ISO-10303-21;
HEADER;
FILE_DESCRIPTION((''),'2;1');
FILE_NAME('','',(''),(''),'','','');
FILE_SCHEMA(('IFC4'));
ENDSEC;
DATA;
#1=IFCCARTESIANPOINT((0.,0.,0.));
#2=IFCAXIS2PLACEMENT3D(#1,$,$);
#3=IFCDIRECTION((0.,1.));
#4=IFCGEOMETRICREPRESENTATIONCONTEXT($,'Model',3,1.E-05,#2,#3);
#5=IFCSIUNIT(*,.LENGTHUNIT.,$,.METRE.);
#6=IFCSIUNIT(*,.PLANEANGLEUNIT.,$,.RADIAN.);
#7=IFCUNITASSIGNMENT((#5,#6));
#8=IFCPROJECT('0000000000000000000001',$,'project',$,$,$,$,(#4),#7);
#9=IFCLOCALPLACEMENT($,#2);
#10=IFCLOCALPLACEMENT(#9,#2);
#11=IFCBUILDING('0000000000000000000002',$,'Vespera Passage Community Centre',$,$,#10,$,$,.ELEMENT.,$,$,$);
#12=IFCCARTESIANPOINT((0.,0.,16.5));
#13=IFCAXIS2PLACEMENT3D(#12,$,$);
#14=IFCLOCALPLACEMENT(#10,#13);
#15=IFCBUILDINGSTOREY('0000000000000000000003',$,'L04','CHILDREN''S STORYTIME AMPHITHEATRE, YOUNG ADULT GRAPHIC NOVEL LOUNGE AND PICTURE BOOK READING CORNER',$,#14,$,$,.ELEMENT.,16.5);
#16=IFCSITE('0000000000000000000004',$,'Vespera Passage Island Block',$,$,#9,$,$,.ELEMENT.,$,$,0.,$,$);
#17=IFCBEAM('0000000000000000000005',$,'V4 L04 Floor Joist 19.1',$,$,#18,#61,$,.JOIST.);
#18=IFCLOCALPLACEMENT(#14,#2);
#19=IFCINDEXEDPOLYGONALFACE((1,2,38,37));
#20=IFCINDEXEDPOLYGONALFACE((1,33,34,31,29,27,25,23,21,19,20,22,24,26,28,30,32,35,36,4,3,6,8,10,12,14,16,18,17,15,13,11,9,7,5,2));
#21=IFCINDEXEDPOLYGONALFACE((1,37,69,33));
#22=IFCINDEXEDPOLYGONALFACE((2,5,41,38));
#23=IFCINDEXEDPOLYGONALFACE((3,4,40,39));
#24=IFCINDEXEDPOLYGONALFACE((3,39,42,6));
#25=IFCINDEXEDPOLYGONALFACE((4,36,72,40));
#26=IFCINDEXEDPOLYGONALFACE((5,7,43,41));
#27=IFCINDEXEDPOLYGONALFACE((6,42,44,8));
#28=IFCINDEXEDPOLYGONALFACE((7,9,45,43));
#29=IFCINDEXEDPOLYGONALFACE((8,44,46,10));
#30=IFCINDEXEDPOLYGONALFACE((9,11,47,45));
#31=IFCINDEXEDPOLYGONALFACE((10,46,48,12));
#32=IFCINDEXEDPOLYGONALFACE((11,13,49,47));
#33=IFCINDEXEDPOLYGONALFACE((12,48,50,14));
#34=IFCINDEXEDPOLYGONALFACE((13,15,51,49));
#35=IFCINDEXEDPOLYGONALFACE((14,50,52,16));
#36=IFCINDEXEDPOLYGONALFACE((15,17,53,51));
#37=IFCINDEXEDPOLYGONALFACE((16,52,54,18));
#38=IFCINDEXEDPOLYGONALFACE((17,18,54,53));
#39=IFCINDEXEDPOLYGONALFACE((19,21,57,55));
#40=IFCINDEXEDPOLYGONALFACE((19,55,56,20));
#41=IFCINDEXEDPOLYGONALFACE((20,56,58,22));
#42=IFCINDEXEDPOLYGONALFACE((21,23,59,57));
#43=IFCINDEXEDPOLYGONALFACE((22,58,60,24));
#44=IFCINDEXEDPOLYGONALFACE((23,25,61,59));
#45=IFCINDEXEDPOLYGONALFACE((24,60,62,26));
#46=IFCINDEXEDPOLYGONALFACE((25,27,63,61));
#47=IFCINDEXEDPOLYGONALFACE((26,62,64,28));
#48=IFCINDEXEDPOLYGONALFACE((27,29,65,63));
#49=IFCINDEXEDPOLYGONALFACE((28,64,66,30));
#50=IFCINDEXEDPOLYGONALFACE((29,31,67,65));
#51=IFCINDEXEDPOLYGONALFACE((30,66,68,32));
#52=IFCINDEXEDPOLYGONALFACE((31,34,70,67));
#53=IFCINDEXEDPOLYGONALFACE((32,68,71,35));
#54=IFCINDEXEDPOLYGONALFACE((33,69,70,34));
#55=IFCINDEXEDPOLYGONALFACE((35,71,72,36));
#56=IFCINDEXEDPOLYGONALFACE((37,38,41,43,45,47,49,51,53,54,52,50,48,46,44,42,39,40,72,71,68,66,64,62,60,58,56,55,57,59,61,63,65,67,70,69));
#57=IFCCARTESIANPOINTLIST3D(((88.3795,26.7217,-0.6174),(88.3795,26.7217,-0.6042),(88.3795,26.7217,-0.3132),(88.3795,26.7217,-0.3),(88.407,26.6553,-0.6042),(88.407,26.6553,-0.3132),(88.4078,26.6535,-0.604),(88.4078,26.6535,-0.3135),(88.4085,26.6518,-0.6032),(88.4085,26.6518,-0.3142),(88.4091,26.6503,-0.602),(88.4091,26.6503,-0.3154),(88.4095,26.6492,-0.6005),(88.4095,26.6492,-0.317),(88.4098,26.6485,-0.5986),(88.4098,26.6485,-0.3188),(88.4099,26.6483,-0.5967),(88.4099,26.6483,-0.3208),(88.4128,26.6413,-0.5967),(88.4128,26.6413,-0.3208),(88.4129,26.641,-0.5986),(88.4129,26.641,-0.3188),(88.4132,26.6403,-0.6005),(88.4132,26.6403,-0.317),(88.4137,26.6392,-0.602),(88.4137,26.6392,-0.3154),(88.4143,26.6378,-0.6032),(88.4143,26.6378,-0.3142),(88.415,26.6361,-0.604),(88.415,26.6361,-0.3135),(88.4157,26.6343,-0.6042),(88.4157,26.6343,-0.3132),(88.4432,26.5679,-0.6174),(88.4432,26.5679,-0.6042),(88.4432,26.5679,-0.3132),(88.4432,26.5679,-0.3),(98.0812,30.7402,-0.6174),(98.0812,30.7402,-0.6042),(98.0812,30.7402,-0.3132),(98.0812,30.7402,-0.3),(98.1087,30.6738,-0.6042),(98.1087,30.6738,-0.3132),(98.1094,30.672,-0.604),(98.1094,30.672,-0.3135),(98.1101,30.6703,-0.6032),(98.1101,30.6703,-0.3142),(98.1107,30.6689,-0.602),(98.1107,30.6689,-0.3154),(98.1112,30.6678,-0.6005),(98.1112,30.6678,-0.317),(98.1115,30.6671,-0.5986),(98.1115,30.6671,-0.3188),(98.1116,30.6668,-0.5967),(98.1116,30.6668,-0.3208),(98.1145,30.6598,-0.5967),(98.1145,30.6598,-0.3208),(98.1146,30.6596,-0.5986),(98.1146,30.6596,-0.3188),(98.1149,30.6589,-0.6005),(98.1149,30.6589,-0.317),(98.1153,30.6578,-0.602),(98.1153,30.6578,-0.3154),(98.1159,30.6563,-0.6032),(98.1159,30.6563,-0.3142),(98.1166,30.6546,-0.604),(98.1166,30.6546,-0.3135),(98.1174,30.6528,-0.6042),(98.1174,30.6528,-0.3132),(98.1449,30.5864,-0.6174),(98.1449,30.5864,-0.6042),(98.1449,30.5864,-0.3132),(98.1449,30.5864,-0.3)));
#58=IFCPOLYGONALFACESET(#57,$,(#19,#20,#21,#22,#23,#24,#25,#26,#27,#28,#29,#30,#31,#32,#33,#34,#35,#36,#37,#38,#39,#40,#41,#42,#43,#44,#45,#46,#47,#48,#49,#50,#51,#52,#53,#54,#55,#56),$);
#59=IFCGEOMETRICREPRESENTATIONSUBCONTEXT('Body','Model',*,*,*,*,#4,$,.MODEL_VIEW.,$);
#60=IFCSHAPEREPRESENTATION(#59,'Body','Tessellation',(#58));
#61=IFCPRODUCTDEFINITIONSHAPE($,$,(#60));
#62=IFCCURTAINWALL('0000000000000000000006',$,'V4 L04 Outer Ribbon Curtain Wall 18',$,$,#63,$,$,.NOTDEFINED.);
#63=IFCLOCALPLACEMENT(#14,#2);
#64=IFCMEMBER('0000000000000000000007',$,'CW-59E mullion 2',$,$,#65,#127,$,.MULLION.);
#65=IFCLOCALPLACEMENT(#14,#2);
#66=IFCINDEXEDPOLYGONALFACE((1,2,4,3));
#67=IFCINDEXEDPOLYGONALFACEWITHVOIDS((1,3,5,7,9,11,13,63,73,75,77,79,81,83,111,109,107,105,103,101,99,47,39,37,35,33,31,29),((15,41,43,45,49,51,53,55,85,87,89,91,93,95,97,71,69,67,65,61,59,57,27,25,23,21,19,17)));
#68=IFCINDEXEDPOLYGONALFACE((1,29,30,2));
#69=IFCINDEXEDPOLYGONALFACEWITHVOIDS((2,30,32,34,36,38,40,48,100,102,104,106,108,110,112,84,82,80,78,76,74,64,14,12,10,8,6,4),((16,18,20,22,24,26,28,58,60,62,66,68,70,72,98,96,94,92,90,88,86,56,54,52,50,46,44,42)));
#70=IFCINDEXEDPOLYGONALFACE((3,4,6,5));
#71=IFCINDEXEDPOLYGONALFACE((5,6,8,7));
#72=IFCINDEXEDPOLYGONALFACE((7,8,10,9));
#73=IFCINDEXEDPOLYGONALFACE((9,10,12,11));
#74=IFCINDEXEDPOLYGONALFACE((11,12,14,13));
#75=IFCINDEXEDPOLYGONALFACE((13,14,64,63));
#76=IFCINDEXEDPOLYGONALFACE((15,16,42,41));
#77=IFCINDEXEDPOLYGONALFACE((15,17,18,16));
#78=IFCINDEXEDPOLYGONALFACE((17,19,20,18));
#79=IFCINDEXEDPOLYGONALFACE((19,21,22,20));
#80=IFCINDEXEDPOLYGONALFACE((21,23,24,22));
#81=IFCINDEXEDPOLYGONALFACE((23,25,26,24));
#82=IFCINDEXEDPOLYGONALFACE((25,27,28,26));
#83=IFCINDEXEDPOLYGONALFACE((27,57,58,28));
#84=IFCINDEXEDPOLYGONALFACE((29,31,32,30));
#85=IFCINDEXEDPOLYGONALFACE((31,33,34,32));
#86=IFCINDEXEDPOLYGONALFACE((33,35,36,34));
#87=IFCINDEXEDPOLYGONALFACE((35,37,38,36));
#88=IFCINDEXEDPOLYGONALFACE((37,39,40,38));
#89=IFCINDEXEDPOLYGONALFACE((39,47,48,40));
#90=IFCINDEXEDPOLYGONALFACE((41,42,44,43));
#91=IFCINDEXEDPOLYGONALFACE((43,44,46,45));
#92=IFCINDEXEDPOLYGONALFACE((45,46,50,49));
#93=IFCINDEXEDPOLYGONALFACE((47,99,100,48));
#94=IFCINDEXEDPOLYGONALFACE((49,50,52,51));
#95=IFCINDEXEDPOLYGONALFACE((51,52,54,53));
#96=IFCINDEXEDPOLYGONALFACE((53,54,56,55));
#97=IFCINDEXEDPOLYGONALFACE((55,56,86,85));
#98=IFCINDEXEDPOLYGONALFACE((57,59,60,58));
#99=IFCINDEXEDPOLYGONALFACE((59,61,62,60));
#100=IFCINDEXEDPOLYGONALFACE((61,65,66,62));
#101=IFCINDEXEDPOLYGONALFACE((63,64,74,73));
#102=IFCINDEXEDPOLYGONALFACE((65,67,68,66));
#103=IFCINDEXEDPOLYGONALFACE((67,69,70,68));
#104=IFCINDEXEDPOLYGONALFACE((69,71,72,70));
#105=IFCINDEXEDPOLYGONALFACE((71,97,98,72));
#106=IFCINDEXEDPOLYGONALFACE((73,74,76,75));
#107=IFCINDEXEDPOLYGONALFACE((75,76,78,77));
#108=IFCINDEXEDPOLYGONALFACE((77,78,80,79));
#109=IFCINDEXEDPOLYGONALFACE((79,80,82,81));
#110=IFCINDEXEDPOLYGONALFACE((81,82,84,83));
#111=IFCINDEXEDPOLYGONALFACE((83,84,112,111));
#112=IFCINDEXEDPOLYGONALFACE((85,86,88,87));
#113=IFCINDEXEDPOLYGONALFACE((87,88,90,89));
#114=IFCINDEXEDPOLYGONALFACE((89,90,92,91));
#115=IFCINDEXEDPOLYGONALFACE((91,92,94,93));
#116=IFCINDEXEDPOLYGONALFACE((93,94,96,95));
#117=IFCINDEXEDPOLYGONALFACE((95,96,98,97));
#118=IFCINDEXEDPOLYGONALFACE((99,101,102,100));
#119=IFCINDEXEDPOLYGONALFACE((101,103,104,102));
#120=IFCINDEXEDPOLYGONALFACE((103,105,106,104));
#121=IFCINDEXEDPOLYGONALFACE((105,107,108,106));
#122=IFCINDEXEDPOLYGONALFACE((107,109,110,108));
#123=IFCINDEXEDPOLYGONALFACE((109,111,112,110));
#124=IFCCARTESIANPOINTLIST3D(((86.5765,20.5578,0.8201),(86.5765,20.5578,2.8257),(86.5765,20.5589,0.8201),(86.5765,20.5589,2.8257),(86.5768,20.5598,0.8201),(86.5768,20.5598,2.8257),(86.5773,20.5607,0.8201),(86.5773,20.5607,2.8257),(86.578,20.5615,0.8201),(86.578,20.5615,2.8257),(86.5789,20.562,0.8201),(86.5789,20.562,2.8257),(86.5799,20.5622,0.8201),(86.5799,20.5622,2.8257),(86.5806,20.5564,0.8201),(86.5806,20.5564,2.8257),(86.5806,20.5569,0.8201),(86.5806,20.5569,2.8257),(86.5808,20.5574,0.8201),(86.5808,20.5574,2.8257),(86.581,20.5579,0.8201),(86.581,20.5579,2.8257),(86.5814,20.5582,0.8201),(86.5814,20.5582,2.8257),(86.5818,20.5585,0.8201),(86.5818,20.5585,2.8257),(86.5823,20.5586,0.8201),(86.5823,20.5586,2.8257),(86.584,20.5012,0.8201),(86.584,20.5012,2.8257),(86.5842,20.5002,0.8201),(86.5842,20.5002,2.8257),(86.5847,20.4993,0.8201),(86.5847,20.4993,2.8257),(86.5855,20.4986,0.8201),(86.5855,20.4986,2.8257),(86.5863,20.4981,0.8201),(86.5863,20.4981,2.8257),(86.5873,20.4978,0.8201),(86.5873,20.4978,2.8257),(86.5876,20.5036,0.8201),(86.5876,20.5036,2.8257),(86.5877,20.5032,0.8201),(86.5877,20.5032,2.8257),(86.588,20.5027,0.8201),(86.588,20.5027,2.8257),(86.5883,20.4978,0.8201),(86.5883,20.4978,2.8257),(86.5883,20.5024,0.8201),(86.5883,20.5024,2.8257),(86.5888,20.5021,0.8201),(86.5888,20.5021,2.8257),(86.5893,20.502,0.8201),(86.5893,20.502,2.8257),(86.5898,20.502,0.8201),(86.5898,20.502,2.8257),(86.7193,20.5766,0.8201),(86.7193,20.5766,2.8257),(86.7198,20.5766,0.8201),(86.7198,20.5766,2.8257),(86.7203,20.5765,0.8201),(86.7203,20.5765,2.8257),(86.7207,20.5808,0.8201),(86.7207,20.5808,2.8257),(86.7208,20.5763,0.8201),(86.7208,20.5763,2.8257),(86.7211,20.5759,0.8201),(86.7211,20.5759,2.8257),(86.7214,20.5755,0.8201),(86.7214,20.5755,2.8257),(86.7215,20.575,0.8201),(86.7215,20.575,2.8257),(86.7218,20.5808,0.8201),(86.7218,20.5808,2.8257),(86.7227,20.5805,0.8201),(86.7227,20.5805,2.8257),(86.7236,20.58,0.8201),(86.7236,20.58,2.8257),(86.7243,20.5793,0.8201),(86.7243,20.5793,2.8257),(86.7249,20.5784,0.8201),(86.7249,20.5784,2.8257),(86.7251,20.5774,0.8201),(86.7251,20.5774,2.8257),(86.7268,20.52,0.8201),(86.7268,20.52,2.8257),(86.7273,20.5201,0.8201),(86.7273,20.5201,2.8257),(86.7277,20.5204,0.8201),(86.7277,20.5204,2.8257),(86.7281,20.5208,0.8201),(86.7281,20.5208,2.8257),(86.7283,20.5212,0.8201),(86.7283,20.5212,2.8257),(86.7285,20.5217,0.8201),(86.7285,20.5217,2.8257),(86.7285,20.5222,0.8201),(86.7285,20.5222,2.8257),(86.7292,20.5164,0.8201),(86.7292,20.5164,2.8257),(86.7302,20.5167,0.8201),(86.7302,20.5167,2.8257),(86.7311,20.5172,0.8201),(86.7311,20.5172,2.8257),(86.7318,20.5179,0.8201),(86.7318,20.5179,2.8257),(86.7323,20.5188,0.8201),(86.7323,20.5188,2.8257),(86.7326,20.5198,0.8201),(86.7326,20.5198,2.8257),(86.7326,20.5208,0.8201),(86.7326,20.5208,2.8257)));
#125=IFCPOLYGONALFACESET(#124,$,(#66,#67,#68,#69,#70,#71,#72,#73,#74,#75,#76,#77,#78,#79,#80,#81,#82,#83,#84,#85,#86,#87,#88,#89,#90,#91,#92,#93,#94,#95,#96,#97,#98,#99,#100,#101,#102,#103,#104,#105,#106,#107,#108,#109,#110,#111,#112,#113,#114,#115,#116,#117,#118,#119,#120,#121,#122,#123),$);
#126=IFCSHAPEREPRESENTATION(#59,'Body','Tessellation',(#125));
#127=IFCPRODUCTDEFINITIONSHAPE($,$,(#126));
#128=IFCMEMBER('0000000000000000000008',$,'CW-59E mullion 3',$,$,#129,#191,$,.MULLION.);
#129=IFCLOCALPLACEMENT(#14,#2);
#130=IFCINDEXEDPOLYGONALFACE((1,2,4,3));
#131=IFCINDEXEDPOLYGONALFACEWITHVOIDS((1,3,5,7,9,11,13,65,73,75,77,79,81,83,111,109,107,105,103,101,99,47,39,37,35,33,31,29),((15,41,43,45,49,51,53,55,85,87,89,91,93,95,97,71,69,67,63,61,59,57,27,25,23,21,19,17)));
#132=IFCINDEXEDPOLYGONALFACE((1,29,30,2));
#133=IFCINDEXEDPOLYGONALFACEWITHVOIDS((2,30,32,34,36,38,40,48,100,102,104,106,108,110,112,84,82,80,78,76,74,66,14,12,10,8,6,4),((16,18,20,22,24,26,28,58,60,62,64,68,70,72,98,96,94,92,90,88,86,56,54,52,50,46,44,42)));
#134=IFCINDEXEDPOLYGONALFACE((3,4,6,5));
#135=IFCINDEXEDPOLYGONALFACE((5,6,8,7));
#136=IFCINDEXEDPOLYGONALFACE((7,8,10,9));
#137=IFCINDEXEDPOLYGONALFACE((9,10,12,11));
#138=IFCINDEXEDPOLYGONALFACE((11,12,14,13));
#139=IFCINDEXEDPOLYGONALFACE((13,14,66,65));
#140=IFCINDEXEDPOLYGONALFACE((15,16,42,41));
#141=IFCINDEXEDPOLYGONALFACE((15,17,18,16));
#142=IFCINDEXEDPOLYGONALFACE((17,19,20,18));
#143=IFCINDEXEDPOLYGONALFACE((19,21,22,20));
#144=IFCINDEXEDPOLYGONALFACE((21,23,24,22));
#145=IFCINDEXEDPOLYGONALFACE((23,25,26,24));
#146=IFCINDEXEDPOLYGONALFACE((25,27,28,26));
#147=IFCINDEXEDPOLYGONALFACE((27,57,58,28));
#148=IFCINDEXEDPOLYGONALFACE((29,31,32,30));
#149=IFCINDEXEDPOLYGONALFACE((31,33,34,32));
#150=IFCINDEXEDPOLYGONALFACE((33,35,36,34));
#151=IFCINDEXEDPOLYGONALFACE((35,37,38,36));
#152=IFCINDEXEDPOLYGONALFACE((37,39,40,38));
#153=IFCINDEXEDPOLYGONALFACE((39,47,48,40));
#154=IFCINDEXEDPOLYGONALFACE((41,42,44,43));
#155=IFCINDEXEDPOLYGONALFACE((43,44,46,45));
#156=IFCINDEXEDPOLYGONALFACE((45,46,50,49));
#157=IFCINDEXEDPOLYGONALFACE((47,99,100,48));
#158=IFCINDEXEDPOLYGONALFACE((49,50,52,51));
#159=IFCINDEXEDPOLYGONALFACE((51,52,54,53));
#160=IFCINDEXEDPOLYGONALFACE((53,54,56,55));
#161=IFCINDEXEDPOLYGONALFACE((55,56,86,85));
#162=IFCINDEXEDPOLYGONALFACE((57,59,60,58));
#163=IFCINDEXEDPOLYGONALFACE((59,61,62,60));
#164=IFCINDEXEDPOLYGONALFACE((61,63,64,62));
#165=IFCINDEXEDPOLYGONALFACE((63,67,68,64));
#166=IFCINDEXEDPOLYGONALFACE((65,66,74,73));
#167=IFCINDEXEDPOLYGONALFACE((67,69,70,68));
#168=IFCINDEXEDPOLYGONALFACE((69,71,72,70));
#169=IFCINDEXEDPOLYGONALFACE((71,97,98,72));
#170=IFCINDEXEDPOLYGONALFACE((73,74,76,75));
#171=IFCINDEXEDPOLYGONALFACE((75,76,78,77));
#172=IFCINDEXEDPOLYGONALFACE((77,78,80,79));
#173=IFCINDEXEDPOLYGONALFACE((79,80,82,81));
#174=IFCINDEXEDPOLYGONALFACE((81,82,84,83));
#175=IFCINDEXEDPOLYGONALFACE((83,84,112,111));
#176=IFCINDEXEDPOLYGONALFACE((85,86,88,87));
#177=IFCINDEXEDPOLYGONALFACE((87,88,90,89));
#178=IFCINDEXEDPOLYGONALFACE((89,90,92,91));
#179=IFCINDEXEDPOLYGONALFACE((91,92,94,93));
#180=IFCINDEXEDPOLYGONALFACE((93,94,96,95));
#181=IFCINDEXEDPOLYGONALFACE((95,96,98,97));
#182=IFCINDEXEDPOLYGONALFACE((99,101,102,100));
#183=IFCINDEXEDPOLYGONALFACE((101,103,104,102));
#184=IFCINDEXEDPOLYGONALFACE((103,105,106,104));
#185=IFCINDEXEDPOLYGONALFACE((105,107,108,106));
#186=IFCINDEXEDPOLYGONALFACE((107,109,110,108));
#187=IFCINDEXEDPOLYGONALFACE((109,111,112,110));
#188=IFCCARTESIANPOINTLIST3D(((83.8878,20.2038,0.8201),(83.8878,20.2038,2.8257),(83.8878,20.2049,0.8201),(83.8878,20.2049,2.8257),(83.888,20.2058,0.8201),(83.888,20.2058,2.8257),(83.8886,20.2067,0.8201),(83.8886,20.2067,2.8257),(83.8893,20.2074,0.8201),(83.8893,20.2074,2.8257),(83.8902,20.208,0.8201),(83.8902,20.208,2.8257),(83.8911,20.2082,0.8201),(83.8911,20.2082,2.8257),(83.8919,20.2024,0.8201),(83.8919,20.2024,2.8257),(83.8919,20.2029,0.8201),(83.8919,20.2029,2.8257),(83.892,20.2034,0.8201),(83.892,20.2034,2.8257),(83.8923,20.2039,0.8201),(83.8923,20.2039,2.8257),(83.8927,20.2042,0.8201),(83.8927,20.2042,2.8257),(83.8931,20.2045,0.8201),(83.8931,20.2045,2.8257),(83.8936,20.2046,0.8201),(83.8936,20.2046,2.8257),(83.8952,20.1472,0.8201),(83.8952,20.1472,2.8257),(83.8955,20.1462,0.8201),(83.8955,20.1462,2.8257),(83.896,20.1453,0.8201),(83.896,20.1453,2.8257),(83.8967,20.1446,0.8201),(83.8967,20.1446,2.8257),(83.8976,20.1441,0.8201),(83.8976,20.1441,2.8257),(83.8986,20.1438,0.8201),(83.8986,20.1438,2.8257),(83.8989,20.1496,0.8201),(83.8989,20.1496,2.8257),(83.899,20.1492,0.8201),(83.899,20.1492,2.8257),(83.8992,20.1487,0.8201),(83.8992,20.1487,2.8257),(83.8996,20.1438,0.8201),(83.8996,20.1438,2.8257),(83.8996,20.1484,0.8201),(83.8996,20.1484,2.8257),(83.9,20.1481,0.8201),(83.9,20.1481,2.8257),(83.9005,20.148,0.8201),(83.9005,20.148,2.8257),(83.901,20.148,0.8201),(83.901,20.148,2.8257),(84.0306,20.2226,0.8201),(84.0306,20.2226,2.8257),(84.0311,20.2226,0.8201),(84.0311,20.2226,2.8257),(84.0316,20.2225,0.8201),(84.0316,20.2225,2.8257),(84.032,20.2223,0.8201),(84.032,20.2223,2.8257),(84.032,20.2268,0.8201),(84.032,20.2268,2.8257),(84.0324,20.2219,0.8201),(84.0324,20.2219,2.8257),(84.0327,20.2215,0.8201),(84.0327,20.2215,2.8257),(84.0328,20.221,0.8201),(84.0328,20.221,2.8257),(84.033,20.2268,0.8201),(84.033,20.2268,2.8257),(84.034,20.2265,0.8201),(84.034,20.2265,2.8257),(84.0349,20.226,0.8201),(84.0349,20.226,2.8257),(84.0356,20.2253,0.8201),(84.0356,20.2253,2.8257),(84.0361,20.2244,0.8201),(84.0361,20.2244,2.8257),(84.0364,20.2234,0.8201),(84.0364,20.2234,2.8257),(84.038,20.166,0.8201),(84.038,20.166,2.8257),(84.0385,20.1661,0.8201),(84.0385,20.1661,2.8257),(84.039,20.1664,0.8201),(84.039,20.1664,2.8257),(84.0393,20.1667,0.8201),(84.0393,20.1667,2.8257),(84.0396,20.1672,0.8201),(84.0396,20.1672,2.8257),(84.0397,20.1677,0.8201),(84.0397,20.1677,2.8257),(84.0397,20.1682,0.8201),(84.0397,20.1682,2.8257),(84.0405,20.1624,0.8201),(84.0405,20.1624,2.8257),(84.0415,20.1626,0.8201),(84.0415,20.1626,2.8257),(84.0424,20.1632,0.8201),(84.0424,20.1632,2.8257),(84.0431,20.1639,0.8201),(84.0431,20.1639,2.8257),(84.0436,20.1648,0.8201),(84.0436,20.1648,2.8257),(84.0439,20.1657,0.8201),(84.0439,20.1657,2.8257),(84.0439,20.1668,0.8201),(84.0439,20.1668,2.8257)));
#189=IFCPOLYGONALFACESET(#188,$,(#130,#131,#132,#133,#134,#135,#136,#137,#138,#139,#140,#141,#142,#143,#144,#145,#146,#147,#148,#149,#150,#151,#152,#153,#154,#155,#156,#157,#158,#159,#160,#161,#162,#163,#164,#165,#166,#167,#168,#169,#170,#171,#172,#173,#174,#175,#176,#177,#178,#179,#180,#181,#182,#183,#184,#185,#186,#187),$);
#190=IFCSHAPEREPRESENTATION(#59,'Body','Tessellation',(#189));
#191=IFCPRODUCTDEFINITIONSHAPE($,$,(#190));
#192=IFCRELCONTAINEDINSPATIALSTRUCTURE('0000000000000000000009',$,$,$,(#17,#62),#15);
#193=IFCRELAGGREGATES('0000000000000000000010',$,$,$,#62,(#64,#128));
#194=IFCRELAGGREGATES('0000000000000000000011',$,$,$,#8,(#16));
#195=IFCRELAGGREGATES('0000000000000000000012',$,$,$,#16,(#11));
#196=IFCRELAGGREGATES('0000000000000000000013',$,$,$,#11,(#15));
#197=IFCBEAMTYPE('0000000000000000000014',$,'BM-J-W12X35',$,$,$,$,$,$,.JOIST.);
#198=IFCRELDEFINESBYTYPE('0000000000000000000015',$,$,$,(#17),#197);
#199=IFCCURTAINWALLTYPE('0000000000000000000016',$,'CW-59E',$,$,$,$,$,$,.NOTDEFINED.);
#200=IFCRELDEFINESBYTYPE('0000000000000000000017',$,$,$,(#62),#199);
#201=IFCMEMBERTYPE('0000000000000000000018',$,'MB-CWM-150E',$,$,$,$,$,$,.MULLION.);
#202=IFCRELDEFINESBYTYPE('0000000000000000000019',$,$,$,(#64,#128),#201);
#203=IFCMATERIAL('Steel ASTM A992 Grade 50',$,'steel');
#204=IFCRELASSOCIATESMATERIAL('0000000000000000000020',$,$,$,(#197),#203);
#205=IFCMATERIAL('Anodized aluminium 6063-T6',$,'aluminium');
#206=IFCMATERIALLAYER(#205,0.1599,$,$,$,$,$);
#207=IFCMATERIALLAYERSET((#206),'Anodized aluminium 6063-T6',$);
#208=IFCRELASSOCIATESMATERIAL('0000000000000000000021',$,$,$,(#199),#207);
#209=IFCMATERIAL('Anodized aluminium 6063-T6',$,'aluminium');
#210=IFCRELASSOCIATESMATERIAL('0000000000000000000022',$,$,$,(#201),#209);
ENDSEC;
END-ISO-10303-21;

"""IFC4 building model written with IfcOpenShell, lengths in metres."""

from ifc_helpers import new_model, si_unit, direction, frame, origin, origin_2d, place, context, subcontext, project, spatial, hollow_rectangle, i_section, extrude, material, layer, layer_set, material_profile, profile_set, type_object, element, aggregate, save


model = new_model("IFC4")

# Units and contexts
model_context = context("Model", 3, precision=1e-05, world=origin(), true_north=direction((0.0, 1.0)))
body_context = subcontext(model_context, "Body", "Model", "MODEL_VIEW")
ifc_project = project(units=[si_unit("LENGTHUNIT", "METRE"), si_unit("PLANEANGLEUNIT", "RADIAN")], contexts=[model_context])

# Site, building, storey
site_placement = place(None, origin())
site = spatial("IfcSite", under=ifc_project, at=site_placement, Name="Vespera Passage Island Block", CompositionType="ELEMENT", RefElevation=0.0)
building_placement = place(site_placement, origin())
building = spatial("IfcBuilding", under=site, at=building_placement, Name="Vespera Passage Community Centre", CompositionType="ELEMENT")
storey_placement = place(building_placement, frame((0.0, 0.0, 16.5)))
storey = spatial("IfcBuildingStorey", under=building, at=storey_placement, Name="L04", Description="CHILDREN'S STORYTIME AMPHITHEATRE, YOUNG ADULT GRAPHIC NOVEL LOUNGE AND PICTURE BOOK READING CORNER", CompositionType="ELEMENT", Elevation=16.5)

# Beam
ifc_material_1 = material(Name="Steel ASTM A992 Grade 50", Category="steel")
ifc_material_profile_1 = material_profile(ifc_material_1, i_section(OverallWidth=0.1665, OverallDepth=0.3174, WebThickness=0.0076, FlangeThickness=0.0132, FilletRadius=0.0076, at=origin_2d()), Name="W12X35")
ifc_profile_set_1 = profile_set([ifc_material_profile_1], Name="Steel ASTM A992 Grade 50")
beam_type = type_object("IfcBeamType", Name="BM-J-W12X35", PredefinedType="JOIST", material=ifc_profile_set_1)
beam_placement = place(storey_placement, frame((88.4114, 26.6448, -0.4587), z_axis=(0.92388, 0.382683, 0.0), x_axis=(-0.382683, 0.92388, 0.0)))
element("IfcBeam", 1, at=beam_placement, inside=storey, type_object=beam_type, Name="V4 L04 Floor Joist 19.1", PredefinedType="JOIST", context=body_context, shape_type="SweptSolid", body=[
    extrude(i_section(OverallWidth=0.1665, OverallDepth=0.3174, WebThickness=0.0076, FlangeThickness=0.0132, FilletRadius=0.0076, at=origin_2d()), origin(), (0.0, 0.0, 1.0), 10.501),
])

# Curtain wall, members
ifc_material_2 = material(Name="Anodized aluminium 6063-T6", Category="aluminium")
ifc_layer_1 = layer(ifc_material_2, 0.1599)
ifc_layer_set_1 = layer_set([ifc_layer_1], Name="Anodized aluminium 6063-T6")
curtain_wall_type = type_object("IfcCurtainWallType", Name="CW-59E", PredefinedType="NOTDEFINED", material=ifc_layer_set_1)
curtain_wall_placement = place(storey_placement, origin())
curtain_wall = element("IfcCurtainWall", 2, at=curtain_wall_placement, inside=storey, type_object=curtain_wall_type, Name="V4 L04 Outer Ribbon Curtain Wall 18", PredefinedType="NOTDEFINED")
ifc_material_3 = material(Name="Anodized aluminium 6063-T6", Category="aluminium")
ifc_material_profile_2 = material_profile(ifc_material_3, hollow_rectangle(XDim=0.0649, YDim=0.1499, WallThickness=0.0039, InnerFilletRadius=0.002, OuterFilletRadius=0.0039, at=origin_2d()), Name="ALU150X65X4")
ifc_profile_set_2 = profile_set([ifc_material_profile_2], Name="Anodized aluminium 6063-T6")
member_type_1 = type_object("IfcMemberType", Name="MB-CWM-150E", PredefinedType="MULLION", material=ifc_profile_set_2)
member_1_placement = place(storey_placement, frame((86.6545, 20.5393, 0.8201), z_axis=(0.0, 0.0, 1.0), x_axis=(0.130531, -0.991444, 0.0)))
member_1 = element("IfcMember", 3, at=member_1_placement, type_object=member_type_1, Name="CW-59E mullion 2", PredefinedType="MULLION", context=body_context, shape_type="SweptSolid", body=[
    extrude(hollow_rectangle(XDim=0.0649, YDim=0.1499, WallThickness=0.0039, InnerFilletRadius=0.002, OuterFilletRadius=0.0039, at=origin_2d()), origin(), (0.0, 0.0, 1.0), 2.0056),
])
member_2_placement = place(storey_placement, frame((83.9658, 20.1853, 0.8201), z_axis=(0.0, 0.0, 1.0), x_axis=(0.130531, -0.991444, 0.0)))
member_2 = element("IfcMember", 4, at=member_2_placement, type_object=member_type_1, Name="CW-59E mullion 3", PredefinedType="MULLION", context=body_context, shape_type="SweptSolid", body=[
    extrude(hollow_rectangle(XDim=0.0649, YDim=0.1499, WallThickness=0.0039, InnerFilletRadius=0.002, OuterFilletRadius=0.0039, at=origin_2d()), origin(), (0.0, 0.0, 1.0), 2.0056),
])
aggregate(curtain_wall, [member_1, member_2])

save(model, "model.ifc")
